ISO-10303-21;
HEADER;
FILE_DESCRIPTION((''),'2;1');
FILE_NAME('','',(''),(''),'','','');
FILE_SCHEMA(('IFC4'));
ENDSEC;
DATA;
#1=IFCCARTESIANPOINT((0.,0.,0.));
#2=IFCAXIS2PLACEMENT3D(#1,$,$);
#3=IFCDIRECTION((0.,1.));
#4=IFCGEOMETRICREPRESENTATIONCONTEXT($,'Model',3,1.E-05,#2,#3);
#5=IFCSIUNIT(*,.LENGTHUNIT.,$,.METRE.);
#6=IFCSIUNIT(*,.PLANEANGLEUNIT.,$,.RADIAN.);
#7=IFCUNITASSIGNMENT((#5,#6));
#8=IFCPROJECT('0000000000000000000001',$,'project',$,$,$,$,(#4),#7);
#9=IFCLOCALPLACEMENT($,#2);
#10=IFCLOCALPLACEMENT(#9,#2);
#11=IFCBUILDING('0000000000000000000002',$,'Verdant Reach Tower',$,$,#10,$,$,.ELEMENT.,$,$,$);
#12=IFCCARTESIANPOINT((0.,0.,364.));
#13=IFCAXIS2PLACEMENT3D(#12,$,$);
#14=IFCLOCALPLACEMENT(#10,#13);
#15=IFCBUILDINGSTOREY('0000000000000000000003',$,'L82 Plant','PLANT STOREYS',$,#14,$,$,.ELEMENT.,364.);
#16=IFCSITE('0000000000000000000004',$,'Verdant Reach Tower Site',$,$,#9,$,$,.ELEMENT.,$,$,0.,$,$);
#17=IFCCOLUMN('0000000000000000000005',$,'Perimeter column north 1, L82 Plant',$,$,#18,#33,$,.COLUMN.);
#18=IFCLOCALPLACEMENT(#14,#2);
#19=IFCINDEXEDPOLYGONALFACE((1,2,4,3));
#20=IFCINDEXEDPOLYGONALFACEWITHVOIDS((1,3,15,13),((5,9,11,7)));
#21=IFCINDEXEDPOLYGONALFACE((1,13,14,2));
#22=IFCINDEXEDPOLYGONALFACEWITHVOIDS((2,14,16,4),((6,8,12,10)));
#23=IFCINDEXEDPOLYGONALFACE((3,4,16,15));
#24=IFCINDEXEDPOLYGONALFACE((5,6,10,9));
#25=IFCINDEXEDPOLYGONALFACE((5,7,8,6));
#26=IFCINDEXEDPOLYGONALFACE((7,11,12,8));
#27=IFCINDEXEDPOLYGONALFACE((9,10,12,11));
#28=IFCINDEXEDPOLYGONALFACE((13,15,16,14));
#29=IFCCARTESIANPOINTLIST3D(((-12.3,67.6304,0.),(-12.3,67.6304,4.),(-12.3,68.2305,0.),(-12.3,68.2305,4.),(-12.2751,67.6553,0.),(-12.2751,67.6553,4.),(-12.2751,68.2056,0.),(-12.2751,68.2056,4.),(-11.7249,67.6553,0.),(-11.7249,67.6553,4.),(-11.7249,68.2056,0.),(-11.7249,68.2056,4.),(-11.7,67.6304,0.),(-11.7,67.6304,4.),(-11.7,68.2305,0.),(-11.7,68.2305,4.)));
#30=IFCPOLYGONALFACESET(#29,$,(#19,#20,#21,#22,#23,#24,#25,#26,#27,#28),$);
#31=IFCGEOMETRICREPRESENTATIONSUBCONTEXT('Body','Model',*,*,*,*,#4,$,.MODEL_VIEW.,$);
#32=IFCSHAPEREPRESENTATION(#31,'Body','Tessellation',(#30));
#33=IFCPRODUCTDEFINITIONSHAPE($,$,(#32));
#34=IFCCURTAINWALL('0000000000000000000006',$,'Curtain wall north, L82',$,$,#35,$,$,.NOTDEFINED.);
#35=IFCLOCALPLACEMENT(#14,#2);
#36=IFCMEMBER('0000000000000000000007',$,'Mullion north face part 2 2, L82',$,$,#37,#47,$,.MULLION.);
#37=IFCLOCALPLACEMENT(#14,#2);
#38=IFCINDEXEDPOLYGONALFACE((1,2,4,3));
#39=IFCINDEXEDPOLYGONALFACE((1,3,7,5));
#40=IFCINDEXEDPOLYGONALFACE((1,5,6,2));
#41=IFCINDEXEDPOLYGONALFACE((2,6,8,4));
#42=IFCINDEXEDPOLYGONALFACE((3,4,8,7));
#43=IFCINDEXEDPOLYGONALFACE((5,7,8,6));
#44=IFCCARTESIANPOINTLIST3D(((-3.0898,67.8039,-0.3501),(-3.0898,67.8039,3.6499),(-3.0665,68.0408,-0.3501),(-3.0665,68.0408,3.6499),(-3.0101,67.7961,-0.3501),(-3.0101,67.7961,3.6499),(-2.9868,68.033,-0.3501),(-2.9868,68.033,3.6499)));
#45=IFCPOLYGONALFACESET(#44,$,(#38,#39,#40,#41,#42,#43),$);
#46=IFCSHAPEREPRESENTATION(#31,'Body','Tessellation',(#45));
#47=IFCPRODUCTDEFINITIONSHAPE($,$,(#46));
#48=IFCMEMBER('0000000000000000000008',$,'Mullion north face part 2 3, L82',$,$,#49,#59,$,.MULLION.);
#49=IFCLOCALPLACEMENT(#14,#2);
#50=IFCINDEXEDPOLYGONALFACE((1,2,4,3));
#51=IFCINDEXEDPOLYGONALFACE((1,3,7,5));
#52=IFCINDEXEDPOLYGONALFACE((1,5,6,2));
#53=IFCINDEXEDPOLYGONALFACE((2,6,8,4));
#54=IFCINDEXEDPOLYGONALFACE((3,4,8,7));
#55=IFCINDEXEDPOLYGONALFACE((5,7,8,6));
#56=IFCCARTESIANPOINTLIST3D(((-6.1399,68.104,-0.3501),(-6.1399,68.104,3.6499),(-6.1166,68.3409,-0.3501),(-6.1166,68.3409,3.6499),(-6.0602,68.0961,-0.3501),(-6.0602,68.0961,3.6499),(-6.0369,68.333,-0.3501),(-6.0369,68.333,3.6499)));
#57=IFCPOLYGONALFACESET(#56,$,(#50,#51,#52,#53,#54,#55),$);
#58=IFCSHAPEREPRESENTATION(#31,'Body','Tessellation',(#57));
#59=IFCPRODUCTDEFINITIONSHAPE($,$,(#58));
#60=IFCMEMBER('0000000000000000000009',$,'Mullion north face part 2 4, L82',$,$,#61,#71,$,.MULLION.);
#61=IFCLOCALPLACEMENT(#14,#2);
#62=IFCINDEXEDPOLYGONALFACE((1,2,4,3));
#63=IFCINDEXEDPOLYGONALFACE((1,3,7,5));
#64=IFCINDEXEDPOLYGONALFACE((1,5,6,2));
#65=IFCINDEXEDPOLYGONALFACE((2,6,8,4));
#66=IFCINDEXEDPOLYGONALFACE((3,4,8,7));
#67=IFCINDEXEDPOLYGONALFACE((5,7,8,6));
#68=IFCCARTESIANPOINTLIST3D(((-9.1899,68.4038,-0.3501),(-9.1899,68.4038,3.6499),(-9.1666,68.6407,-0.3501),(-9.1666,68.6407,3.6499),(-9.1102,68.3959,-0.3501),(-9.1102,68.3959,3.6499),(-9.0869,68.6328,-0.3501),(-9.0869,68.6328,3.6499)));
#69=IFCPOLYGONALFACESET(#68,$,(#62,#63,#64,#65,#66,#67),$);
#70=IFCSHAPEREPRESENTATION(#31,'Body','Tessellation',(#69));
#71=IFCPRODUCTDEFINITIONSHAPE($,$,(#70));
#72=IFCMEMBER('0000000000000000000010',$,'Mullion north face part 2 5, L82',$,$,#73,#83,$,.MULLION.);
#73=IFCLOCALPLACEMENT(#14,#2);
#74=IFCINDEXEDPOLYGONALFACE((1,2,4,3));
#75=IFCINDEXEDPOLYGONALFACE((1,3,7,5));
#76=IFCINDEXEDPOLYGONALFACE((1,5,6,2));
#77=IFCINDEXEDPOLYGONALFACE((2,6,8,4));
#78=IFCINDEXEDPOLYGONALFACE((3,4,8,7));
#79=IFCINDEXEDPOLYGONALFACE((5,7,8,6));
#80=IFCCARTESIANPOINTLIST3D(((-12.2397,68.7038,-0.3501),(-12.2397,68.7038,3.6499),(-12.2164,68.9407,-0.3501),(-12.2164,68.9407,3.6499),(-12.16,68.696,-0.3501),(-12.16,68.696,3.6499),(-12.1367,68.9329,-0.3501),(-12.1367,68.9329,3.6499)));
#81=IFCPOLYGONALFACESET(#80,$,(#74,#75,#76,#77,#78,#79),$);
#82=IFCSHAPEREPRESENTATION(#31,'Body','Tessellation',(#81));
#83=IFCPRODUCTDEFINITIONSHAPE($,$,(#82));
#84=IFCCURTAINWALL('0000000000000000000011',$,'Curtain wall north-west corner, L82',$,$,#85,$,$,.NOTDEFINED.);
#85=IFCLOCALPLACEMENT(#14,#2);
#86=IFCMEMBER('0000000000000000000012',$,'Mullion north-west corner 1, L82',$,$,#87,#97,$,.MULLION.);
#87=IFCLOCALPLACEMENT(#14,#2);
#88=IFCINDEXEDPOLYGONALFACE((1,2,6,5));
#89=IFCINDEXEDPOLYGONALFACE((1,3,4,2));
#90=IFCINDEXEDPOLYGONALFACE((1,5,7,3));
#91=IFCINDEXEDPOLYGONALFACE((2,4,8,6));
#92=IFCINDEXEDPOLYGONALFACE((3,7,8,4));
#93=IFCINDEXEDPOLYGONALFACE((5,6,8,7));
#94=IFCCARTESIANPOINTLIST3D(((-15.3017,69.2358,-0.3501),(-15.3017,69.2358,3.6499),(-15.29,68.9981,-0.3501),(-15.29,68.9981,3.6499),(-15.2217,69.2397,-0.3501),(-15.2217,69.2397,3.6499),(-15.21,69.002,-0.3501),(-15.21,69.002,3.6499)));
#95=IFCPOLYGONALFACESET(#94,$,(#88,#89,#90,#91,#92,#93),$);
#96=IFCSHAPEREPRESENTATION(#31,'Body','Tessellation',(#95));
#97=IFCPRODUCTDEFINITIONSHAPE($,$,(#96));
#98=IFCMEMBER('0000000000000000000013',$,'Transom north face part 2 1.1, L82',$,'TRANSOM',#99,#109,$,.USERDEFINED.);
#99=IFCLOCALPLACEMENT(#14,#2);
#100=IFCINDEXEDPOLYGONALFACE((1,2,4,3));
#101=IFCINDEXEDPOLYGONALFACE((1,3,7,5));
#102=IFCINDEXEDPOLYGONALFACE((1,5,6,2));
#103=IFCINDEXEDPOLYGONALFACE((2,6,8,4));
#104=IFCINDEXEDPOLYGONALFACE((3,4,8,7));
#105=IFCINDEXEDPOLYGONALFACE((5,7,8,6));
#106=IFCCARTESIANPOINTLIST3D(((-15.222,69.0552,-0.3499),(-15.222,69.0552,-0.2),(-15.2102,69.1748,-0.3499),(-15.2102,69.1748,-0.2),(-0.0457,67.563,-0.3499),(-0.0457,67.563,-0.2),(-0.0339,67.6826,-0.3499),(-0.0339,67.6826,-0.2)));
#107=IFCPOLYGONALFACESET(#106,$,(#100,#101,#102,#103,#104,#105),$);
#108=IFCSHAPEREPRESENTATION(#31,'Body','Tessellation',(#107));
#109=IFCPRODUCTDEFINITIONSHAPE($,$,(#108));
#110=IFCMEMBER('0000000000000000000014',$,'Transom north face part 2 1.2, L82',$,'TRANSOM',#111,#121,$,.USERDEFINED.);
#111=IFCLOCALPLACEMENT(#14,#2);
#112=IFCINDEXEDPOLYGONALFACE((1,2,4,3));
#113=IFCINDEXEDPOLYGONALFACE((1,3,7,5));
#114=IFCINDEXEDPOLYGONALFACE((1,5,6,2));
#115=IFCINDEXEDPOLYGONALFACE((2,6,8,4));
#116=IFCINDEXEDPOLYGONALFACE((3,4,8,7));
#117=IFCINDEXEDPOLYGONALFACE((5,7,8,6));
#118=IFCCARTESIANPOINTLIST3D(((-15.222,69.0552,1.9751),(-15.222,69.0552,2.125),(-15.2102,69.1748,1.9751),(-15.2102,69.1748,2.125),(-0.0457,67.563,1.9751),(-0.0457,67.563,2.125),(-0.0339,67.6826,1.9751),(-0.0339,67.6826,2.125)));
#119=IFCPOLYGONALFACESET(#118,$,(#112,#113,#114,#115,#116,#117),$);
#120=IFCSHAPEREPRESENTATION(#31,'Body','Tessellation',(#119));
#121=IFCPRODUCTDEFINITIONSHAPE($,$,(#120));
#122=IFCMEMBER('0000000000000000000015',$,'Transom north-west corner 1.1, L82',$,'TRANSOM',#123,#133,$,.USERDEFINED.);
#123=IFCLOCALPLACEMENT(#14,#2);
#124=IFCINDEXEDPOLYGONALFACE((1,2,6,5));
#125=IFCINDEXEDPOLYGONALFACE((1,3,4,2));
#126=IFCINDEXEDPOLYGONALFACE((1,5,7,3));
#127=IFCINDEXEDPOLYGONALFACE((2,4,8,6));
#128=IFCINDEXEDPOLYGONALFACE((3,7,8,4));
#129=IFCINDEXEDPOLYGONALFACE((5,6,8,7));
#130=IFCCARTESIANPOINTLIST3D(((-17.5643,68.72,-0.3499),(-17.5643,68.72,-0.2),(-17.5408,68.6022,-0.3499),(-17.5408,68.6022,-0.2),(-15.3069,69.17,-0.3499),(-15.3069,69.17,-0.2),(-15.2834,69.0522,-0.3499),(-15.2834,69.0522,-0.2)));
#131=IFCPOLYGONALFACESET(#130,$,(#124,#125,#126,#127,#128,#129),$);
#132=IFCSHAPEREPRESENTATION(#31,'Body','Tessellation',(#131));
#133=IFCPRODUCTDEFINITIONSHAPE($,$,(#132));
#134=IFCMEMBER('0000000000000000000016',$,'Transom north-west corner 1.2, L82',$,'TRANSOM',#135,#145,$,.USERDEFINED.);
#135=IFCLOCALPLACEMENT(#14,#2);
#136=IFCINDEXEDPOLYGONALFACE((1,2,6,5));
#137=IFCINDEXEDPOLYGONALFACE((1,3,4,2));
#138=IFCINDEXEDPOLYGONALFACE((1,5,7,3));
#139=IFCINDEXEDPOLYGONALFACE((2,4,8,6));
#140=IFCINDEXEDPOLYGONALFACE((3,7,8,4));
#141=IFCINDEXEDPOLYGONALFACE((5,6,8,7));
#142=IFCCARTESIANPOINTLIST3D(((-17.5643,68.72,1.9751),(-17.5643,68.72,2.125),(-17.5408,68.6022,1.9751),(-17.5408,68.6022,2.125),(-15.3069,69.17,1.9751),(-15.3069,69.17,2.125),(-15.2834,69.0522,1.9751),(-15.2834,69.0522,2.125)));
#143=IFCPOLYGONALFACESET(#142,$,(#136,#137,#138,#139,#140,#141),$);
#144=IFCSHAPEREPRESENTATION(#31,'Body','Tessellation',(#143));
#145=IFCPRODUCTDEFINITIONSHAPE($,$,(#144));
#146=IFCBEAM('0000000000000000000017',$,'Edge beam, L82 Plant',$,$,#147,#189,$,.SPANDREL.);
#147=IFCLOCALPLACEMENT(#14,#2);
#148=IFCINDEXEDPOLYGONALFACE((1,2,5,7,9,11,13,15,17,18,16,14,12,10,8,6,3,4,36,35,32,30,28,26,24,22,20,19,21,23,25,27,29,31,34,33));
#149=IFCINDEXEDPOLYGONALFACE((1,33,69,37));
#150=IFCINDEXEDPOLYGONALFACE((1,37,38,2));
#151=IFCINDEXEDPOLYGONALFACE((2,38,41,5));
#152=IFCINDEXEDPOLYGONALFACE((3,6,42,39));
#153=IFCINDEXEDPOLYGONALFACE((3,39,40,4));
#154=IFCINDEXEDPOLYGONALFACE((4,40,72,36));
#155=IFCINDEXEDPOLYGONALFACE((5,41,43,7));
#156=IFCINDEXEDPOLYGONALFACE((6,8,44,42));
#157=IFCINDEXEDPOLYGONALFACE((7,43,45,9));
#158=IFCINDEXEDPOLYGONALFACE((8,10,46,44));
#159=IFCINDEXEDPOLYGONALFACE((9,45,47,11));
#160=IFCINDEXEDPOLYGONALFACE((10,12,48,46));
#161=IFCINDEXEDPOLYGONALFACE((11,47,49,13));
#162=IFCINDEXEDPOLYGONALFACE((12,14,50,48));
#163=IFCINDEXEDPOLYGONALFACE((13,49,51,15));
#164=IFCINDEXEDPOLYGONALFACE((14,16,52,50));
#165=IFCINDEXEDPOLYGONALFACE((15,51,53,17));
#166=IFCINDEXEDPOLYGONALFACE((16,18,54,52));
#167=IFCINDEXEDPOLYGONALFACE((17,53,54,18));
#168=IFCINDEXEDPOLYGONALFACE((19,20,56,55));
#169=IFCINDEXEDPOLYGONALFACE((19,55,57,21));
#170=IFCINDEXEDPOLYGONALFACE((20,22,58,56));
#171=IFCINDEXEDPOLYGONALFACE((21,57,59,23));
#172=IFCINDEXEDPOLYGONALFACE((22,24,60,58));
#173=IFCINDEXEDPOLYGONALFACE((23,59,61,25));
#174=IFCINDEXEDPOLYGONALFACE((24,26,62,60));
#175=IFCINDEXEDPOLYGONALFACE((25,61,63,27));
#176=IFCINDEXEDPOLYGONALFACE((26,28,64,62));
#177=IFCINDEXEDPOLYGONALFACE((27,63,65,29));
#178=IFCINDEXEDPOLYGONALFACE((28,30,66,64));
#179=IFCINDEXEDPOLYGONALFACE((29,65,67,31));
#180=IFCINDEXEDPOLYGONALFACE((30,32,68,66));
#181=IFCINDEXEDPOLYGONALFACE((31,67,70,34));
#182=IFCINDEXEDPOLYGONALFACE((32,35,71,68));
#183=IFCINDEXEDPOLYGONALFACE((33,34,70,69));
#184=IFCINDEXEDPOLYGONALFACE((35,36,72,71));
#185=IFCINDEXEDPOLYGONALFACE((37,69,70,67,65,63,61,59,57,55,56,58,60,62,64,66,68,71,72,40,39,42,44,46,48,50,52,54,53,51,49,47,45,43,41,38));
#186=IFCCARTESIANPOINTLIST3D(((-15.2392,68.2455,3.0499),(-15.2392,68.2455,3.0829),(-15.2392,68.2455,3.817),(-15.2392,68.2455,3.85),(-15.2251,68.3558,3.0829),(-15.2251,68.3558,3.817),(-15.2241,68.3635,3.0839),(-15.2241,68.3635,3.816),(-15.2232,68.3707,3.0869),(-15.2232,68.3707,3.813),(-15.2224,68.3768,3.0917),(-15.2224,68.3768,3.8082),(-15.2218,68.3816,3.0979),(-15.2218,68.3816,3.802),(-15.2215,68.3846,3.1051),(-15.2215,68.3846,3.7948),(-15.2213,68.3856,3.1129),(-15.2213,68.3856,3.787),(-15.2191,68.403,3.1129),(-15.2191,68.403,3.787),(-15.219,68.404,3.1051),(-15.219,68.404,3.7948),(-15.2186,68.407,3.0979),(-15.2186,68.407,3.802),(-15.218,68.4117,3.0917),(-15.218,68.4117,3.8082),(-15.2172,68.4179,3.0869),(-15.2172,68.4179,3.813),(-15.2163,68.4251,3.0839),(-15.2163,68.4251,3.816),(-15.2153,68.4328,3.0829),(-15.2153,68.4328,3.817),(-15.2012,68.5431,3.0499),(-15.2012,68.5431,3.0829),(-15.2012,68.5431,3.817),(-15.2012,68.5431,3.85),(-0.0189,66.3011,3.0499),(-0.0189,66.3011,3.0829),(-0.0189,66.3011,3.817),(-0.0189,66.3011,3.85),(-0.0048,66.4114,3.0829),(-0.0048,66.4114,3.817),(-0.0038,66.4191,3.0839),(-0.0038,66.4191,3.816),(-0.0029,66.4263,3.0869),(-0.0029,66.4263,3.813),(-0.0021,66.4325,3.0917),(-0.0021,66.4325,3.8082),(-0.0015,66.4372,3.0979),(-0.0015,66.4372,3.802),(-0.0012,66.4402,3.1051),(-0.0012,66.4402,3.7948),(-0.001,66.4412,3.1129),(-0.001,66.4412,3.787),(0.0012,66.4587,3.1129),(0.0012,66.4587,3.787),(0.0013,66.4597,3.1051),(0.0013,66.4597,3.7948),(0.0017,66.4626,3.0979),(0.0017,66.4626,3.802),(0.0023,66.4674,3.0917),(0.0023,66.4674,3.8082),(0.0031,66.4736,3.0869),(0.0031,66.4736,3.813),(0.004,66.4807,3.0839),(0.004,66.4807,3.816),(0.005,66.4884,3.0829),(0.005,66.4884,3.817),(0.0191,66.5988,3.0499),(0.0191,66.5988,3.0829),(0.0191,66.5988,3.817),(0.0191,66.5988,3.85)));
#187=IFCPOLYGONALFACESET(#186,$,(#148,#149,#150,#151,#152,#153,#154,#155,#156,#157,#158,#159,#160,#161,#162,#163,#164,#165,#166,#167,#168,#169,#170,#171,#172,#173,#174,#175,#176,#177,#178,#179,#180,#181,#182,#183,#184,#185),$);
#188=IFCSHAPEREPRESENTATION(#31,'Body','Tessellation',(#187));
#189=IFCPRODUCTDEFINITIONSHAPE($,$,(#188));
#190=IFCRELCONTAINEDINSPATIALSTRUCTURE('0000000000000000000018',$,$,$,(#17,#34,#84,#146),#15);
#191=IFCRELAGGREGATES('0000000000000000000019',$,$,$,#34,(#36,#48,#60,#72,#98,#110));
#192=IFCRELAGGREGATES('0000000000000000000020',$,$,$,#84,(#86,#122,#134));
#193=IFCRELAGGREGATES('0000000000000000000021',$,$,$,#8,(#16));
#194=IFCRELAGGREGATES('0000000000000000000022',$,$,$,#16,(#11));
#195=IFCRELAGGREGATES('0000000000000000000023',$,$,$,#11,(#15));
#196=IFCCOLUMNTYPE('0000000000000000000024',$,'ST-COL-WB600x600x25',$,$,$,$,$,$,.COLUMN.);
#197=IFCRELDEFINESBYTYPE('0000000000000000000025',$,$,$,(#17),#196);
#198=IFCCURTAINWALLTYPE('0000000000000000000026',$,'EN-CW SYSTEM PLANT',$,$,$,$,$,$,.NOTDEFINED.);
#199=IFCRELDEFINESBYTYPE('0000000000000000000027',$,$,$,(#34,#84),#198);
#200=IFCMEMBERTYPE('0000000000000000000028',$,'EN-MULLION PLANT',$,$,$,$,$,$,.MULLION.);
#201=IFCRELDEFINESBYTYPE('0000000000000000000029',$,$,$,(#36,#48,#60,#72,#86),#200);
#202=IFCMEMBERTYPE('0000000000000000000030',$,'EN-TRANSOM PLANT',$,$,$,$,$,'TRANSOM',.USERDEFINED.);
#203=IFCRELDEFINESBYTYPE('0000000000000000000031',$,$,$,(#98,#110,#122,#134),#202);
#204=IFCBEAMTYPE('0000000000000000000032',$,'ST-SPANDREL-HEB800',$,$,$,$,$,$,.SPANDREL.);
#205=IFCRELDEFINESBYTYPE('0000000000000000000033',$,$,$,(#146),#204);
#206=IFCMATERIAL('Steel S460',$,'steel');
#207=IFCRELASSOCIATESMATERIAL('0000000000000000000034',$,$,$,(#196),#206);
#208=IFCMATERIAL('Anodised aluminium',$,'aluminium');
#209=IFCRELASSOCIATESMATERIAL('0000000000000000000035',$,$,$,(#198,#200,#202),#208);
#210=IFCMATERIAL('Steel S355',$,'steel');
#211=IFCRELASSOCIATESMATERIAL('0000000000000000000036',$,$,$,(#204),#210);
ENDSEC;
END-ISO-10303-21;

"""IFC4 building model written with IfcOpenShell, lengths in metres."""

from ifc_helpers import new_model, si_unit, direction, frame, origin, origin_2d, place, context, subcontext, project, spatial, rectangle, hollow_rectangle, i_section, extrude, material, material_profile, profile_set, type_object, element, aggregate, save


model = new_model("IFC4")

# Units and contexts
model_context = context("Model", 3, precision=1e-05, world=origin(), true_north=direction((0.0, 1.0)))
body_context = subcontext(model_context, "Body", "Model", "MODEL_VIEW")
ifc_project = project(units=[si_unit("LENGTHUNIT", "METRE"), si_unit("PLANEANGLEUNIT", "RADIAN")], contexts=[model_context])

# Site, building, storey
site_placement = place(None, origin())
site = spatial("IfcSite", under=ifc_project, at=site_placement, Name="Verdant Reach Tower Site", CompositionType="ELEMENT", RefElevation=0.0)
building_placement = place(site_placement, origin())
building = spatial("IfcBuilding", under=site, at=building_placement, Name="Verdant Reach Tower", CompositionType="ELEMENT")
storey_placement = place(building_placement, frame((0.0, 0.0, 364.0)))
storey = spatial("IfcBuildingStorey", under=building, at=storey_placement, Name="L82 Plant", Description="PLANT STOREYS", CompositionType="ELEMENT", Elevation=364.0)

# Column
ifc_material_1 = material(Name="Steel S460", Category="steel")
ifc_material_profile_1 = material_profile(ifc_material_1, hollow_rectangle(XDim=0.6001, YDim=0.6001, WallThickness=0.0249, at=origin_2d()), Name="WB 600x600x25")
ifc_profile_set_1 = profile_set([ifc_material_profile_1], Name="Steel S460")
column_type = type_object("IfcColumnType", Name="ST-COL-WB600x600x25", PredefinedType="COLUMN", material=ifc_profile_set_1)
column_placement = place(storey_placement, frame((-12.0, 67.9304, 0.0), z_axis=(0.0, 0.0, 1.0), x_axis=(1.0, 0.0, 0.0)))
element("IfcColumn", 1, at=column_placement, inside=storey, type_object=column_type, Name="Perimeter column north 1, L82 Plant", PredefinedType="COLUMN", context=body_context, shape_type="SweptSolid", body=[
    extrude(hollow_rectangle(XDim=0.6001, YDim=0.6001, WallThickness=0.0249, at=origin_2d()), origin(), (0.0, 0.0, 1.0), 4.0),
])

# Curtain wall, members
ifc_material_2 = material(Name="Anodised aluminium", Category="aluminium")
curtain_wall_type = type_object("IfcCurtainWallType", Name="EN-CW SYSTEM PLANT", PredefinedType="NOTDEFINED", material=ifc_material_2)
curtain_wall_1_placement = place(storey_placement, origin())
curtain_wall_1 = element("IfcCurtainWall", 2, at=curtain_wall_1_placement, inside=storey, type_object=curtain_wall_type, Name="Curtain wall north, L82", PredefinedType="NOTDEFINED")
ifc_material_profile_2 = material_profile(ifc_material_2, rectangle(XDim=0.238, YDim=0.0801, at=origin_2d()), Name="Mullion 80x240")
ifc_profile_set_2 = profile_set([ifc_material_profile_2], Name="Anodised aluminium")
member_type_1 = type_object("IfcMemberType", Name="EN-MULLION PLANT", PredefinedType="MULLION", material=ifc_profile_set_2)
member_1_placement = place(storey_placement, frame((-3.0383, 67.9185, -0.3501), z_axis=(0.0, 0.0, 1.0), x_axis=(0.097888, 0.995197, 0.0)))
member_1 = element("IfcMember", 3, at=member_1_placement, type_object=member_type_1, Name="Mullion north face part 2 2, L82", PredefinedType="MULLION", context=body_context, shape_type="SweptSolid", body=[
    extrude(rectangle(XDim=0.238, YDim=0.0801, at=origin_2d()), origin(), (0.0, 0.0, 1.0), 4.0),
])
member_2_placement = place(storey_placement, frame((-6.0884, 68.2185, -0.3501), z_axis=(0.0, 0.0, 1.0), x_axis=(0.097888, 0.995197, 0.0)))
member_2 = element("IfcMember", 4, at=member_2_placement, type_object=member_type_1, Name="Mullion north face part 2 3, L82", PredefinedType="MULLION", context=body_context, shape_type="SweptSolid", body=[
    extrude(rectangle(XDim=0.238, YDim=0.0801, at=origin_2d()), origin(), (0.0, 0.0, 1.0), 4.0),
])
member_3_placement = place(storey_placement, frame((-9.1384, 68.5183, -0.3501), z_axis=(0.0, 0.0, 1.0), x_axis=(0.097888, 0.995197, 0.0)))
member_3 = element("IfcMember", 5, at=member_3_placement, type_object=member_type_1, Name="Mullion north face part 2 4, L82", PredefinedType="MULLION", context=body_context, shape_type="SweptSolid", body=[
    extrude(rectangle(XDim=0.238, YDim=0.0801, at=origin_2d()), origin(), (0.0, 0.0, 1.0), 4.0),
])
member_4_placement = place(storey_placement, frame((-12.1882, 68.8184, -0.3501), z_axis=(0.0, 0.0, 1.0), x_axis=(0.097888, 0.995197, 0.0)))
member_4 = element("IfcMember", 6, at=member_4_placement, type_object=member_type_1, Name="Mullion north face part 2 5, L82", PredefinedType="MULLION", context=body_context, shape_type="SweptSolid", body=[
    extrude(rectangle(XDim=0.238, YDim=0.0801, at=origin_2d()), origin(), (0.0, 0.0, 1.0), 4.0),
])

# Curtain wall, member
curtain_wall_2_placement = place(storey_placement, origin())
curtain_wall_2 = element("IfcCurtainWall", 7, at=curtain_wall_2_placement, inside=storey, type_object=curtain_wall_type, Name="Curtain wall north-west corner, L82", PredefinedType="NOTDEFINED")
member_5_placement = place(storey_placement, frame((-15.2559, 69.1189, -0.3501), z_axis=(0.0, 0.0, 1.0), x_axis=(-0.049128, 0.998793, 0.0)))
member_5 = element("IfcMember", 8, at=member_5_placement, type_object=member_type_1, Name="Mullion north-west corner 1, L82", PredefinedType="MULLION", context=body_context, shape_type="SweptSolid", body=[
    extrude(rectangle(XDim=0.238, YDim=0.0801, at=origin_2d()), origin(), (0.0, 0.0, 1.0), 4.0),
])

# Members
ifc_material_profile_3 = material_profile(ifc_material_2, rectangle(XDim=0.1201, YDim=0.1499, at=origin_2d()), Name="Transom 150x120")
ifc_profile_set_3 = profile_set([ifc_material_profile_3], Name="Anodised aluminium")
member_type_2 = type_object("IfcMemberType", Name="EN-TRANSOM PLANT", ElementType="TRANSOM", PredefinedType="USERDEFINED", material=ifc_profile_set_3)
member_6_placement = place(storey_placement, frame((-0.0398, 67.6228, -0.2749), z_axis=(-0.995201, 0.097852, 0.0), x_axis=(-0.097852, -0.995201, 0.0)))
member_6 = element("IfcMember", 9, at=member_6_placement, type_object=member_type_2, Name="Transom north face part 2 1.1, L82", ObjectType="TRANSOM", PredefinedType="USERDEFINED", context=body_context, shape_type="SweptSolid", body=[
    extrude(rectangle(XDim=0.1201, YDim=0.1499, at=origin_2d()), origin(), (0.0, 0.0, 1.0), 15.2495),
])
member_7_placement = place(storey_placement, frame((-0.0398, 67.6228, 2.05), z_axis=(-0.995201, 0.097852, 0.0), x_axis=(-0.097852, -0.995201, 0.0)))
member_7 = element("IfcMember", 10, at=member_7_placement, type_object=member_type_2, Name="Transom north face part 2 1.2, L82", ObjectType="TRANSOM", PredefinedType="USERDEFINED", context=body_context, shape_type="SweptSolid", body=[
    extrude(rectangle(XDim=0.1201, YDim=0.1499, at=origin_2d()), origin(), (0.0, 0.0, 1.0), 15.2495),
])
member_8_placement = place(storey_placement, frame((-15.2952, 69.1111, -0.2749), z_axis=(-0.980707, -0.195484, 0.0), x_axis=(0.195484, -0.980707, 0.0)))
member_8 = element("IfcMember", 11, at=member_8_placement, type_object=member_type_2, Name="Transom north-west corner 1.1, L82", ObjectType="TRANSOM", PredefinedType="USERDEFINED", context=body_context, shape_type="SweptSolid", body=[
    extrude(rectangle(XDim=0.1201, YDim=0.1499, at=origin_2d()), origin(), (0.0, 0.0, 1.0), 2.3018),
])
member_9_placement = place(storey_placement, frame((-15.2952, 69.1111, 2.05), z_axis=(-0.980707, -0.195484, 0.0), x_axis=(0.195484, -0.980707, 0.0)))
member_9 = element("IfcMember", 12, at=member_9_placement, type_object=member_type_2, Name="Transom north-west corner 1.2, L82", ObjectType="TRANSOM", PredefinedType="USERDEFINED", context=body_context, shape_type="SweptSolid", body=[
    extrude(rectangle(XDim=0.1201, YDim=0.1499, at=origin_2d()), origin(), (0.0, 0.0, 1.0), 2.3018),
])

# Beam
ifc_material_3 = material(Name="Steel S355", Category="steel")
ifc_material_profile_4 = material_profile(ifc_material_3, i_section(OverallWidth=0.3, OverallDepth=0.8, WebThickness=0.0176, FlangeThickness=0.033, FilletRadius=0.03, at=origin_2d()), Name="HEB 800")
ifc_profile_set_4 = profile_set([ifc_material_profile_4], Name="Steel S355")
beam_type = type_object("IfcBeamType", Name="ST-SPANDREL-HEB800", PredefinedType="SPANDREL", material=ifc_profile_set_4)
beam_placement = place(storey_placement, frame((-15.2202, 68.3943, 3.45), z_axis=(0.991939, -0.126717, 0.0), x_axis=(0.126717, 0.991939, 0.0)))
element("IfcBeam", 13, at=beam_placement, inside=storey, type_object=beam_type, Name="Edge beam, L82 Plant", PredefinedType="SPANDREL", context=body_context, shape_type="SweptSolid", body=[
    extrude(i_section(OverallWidth=0.3, OverallDepth=0.8, WebThickness=0.0176, FlangeThickness=0.033, FilletRadius=0.03, at=origin_2d()), origin(), (0.0, 0.0, 1.0), 15.344),
])

aggregate(curtain_wall_1, [member_1, member_2, member_3, member_4, member_6, member_7])
aggregate(curtain_wall_2, [member_5, member_8, member_9])

save(model, "model.ifc")
